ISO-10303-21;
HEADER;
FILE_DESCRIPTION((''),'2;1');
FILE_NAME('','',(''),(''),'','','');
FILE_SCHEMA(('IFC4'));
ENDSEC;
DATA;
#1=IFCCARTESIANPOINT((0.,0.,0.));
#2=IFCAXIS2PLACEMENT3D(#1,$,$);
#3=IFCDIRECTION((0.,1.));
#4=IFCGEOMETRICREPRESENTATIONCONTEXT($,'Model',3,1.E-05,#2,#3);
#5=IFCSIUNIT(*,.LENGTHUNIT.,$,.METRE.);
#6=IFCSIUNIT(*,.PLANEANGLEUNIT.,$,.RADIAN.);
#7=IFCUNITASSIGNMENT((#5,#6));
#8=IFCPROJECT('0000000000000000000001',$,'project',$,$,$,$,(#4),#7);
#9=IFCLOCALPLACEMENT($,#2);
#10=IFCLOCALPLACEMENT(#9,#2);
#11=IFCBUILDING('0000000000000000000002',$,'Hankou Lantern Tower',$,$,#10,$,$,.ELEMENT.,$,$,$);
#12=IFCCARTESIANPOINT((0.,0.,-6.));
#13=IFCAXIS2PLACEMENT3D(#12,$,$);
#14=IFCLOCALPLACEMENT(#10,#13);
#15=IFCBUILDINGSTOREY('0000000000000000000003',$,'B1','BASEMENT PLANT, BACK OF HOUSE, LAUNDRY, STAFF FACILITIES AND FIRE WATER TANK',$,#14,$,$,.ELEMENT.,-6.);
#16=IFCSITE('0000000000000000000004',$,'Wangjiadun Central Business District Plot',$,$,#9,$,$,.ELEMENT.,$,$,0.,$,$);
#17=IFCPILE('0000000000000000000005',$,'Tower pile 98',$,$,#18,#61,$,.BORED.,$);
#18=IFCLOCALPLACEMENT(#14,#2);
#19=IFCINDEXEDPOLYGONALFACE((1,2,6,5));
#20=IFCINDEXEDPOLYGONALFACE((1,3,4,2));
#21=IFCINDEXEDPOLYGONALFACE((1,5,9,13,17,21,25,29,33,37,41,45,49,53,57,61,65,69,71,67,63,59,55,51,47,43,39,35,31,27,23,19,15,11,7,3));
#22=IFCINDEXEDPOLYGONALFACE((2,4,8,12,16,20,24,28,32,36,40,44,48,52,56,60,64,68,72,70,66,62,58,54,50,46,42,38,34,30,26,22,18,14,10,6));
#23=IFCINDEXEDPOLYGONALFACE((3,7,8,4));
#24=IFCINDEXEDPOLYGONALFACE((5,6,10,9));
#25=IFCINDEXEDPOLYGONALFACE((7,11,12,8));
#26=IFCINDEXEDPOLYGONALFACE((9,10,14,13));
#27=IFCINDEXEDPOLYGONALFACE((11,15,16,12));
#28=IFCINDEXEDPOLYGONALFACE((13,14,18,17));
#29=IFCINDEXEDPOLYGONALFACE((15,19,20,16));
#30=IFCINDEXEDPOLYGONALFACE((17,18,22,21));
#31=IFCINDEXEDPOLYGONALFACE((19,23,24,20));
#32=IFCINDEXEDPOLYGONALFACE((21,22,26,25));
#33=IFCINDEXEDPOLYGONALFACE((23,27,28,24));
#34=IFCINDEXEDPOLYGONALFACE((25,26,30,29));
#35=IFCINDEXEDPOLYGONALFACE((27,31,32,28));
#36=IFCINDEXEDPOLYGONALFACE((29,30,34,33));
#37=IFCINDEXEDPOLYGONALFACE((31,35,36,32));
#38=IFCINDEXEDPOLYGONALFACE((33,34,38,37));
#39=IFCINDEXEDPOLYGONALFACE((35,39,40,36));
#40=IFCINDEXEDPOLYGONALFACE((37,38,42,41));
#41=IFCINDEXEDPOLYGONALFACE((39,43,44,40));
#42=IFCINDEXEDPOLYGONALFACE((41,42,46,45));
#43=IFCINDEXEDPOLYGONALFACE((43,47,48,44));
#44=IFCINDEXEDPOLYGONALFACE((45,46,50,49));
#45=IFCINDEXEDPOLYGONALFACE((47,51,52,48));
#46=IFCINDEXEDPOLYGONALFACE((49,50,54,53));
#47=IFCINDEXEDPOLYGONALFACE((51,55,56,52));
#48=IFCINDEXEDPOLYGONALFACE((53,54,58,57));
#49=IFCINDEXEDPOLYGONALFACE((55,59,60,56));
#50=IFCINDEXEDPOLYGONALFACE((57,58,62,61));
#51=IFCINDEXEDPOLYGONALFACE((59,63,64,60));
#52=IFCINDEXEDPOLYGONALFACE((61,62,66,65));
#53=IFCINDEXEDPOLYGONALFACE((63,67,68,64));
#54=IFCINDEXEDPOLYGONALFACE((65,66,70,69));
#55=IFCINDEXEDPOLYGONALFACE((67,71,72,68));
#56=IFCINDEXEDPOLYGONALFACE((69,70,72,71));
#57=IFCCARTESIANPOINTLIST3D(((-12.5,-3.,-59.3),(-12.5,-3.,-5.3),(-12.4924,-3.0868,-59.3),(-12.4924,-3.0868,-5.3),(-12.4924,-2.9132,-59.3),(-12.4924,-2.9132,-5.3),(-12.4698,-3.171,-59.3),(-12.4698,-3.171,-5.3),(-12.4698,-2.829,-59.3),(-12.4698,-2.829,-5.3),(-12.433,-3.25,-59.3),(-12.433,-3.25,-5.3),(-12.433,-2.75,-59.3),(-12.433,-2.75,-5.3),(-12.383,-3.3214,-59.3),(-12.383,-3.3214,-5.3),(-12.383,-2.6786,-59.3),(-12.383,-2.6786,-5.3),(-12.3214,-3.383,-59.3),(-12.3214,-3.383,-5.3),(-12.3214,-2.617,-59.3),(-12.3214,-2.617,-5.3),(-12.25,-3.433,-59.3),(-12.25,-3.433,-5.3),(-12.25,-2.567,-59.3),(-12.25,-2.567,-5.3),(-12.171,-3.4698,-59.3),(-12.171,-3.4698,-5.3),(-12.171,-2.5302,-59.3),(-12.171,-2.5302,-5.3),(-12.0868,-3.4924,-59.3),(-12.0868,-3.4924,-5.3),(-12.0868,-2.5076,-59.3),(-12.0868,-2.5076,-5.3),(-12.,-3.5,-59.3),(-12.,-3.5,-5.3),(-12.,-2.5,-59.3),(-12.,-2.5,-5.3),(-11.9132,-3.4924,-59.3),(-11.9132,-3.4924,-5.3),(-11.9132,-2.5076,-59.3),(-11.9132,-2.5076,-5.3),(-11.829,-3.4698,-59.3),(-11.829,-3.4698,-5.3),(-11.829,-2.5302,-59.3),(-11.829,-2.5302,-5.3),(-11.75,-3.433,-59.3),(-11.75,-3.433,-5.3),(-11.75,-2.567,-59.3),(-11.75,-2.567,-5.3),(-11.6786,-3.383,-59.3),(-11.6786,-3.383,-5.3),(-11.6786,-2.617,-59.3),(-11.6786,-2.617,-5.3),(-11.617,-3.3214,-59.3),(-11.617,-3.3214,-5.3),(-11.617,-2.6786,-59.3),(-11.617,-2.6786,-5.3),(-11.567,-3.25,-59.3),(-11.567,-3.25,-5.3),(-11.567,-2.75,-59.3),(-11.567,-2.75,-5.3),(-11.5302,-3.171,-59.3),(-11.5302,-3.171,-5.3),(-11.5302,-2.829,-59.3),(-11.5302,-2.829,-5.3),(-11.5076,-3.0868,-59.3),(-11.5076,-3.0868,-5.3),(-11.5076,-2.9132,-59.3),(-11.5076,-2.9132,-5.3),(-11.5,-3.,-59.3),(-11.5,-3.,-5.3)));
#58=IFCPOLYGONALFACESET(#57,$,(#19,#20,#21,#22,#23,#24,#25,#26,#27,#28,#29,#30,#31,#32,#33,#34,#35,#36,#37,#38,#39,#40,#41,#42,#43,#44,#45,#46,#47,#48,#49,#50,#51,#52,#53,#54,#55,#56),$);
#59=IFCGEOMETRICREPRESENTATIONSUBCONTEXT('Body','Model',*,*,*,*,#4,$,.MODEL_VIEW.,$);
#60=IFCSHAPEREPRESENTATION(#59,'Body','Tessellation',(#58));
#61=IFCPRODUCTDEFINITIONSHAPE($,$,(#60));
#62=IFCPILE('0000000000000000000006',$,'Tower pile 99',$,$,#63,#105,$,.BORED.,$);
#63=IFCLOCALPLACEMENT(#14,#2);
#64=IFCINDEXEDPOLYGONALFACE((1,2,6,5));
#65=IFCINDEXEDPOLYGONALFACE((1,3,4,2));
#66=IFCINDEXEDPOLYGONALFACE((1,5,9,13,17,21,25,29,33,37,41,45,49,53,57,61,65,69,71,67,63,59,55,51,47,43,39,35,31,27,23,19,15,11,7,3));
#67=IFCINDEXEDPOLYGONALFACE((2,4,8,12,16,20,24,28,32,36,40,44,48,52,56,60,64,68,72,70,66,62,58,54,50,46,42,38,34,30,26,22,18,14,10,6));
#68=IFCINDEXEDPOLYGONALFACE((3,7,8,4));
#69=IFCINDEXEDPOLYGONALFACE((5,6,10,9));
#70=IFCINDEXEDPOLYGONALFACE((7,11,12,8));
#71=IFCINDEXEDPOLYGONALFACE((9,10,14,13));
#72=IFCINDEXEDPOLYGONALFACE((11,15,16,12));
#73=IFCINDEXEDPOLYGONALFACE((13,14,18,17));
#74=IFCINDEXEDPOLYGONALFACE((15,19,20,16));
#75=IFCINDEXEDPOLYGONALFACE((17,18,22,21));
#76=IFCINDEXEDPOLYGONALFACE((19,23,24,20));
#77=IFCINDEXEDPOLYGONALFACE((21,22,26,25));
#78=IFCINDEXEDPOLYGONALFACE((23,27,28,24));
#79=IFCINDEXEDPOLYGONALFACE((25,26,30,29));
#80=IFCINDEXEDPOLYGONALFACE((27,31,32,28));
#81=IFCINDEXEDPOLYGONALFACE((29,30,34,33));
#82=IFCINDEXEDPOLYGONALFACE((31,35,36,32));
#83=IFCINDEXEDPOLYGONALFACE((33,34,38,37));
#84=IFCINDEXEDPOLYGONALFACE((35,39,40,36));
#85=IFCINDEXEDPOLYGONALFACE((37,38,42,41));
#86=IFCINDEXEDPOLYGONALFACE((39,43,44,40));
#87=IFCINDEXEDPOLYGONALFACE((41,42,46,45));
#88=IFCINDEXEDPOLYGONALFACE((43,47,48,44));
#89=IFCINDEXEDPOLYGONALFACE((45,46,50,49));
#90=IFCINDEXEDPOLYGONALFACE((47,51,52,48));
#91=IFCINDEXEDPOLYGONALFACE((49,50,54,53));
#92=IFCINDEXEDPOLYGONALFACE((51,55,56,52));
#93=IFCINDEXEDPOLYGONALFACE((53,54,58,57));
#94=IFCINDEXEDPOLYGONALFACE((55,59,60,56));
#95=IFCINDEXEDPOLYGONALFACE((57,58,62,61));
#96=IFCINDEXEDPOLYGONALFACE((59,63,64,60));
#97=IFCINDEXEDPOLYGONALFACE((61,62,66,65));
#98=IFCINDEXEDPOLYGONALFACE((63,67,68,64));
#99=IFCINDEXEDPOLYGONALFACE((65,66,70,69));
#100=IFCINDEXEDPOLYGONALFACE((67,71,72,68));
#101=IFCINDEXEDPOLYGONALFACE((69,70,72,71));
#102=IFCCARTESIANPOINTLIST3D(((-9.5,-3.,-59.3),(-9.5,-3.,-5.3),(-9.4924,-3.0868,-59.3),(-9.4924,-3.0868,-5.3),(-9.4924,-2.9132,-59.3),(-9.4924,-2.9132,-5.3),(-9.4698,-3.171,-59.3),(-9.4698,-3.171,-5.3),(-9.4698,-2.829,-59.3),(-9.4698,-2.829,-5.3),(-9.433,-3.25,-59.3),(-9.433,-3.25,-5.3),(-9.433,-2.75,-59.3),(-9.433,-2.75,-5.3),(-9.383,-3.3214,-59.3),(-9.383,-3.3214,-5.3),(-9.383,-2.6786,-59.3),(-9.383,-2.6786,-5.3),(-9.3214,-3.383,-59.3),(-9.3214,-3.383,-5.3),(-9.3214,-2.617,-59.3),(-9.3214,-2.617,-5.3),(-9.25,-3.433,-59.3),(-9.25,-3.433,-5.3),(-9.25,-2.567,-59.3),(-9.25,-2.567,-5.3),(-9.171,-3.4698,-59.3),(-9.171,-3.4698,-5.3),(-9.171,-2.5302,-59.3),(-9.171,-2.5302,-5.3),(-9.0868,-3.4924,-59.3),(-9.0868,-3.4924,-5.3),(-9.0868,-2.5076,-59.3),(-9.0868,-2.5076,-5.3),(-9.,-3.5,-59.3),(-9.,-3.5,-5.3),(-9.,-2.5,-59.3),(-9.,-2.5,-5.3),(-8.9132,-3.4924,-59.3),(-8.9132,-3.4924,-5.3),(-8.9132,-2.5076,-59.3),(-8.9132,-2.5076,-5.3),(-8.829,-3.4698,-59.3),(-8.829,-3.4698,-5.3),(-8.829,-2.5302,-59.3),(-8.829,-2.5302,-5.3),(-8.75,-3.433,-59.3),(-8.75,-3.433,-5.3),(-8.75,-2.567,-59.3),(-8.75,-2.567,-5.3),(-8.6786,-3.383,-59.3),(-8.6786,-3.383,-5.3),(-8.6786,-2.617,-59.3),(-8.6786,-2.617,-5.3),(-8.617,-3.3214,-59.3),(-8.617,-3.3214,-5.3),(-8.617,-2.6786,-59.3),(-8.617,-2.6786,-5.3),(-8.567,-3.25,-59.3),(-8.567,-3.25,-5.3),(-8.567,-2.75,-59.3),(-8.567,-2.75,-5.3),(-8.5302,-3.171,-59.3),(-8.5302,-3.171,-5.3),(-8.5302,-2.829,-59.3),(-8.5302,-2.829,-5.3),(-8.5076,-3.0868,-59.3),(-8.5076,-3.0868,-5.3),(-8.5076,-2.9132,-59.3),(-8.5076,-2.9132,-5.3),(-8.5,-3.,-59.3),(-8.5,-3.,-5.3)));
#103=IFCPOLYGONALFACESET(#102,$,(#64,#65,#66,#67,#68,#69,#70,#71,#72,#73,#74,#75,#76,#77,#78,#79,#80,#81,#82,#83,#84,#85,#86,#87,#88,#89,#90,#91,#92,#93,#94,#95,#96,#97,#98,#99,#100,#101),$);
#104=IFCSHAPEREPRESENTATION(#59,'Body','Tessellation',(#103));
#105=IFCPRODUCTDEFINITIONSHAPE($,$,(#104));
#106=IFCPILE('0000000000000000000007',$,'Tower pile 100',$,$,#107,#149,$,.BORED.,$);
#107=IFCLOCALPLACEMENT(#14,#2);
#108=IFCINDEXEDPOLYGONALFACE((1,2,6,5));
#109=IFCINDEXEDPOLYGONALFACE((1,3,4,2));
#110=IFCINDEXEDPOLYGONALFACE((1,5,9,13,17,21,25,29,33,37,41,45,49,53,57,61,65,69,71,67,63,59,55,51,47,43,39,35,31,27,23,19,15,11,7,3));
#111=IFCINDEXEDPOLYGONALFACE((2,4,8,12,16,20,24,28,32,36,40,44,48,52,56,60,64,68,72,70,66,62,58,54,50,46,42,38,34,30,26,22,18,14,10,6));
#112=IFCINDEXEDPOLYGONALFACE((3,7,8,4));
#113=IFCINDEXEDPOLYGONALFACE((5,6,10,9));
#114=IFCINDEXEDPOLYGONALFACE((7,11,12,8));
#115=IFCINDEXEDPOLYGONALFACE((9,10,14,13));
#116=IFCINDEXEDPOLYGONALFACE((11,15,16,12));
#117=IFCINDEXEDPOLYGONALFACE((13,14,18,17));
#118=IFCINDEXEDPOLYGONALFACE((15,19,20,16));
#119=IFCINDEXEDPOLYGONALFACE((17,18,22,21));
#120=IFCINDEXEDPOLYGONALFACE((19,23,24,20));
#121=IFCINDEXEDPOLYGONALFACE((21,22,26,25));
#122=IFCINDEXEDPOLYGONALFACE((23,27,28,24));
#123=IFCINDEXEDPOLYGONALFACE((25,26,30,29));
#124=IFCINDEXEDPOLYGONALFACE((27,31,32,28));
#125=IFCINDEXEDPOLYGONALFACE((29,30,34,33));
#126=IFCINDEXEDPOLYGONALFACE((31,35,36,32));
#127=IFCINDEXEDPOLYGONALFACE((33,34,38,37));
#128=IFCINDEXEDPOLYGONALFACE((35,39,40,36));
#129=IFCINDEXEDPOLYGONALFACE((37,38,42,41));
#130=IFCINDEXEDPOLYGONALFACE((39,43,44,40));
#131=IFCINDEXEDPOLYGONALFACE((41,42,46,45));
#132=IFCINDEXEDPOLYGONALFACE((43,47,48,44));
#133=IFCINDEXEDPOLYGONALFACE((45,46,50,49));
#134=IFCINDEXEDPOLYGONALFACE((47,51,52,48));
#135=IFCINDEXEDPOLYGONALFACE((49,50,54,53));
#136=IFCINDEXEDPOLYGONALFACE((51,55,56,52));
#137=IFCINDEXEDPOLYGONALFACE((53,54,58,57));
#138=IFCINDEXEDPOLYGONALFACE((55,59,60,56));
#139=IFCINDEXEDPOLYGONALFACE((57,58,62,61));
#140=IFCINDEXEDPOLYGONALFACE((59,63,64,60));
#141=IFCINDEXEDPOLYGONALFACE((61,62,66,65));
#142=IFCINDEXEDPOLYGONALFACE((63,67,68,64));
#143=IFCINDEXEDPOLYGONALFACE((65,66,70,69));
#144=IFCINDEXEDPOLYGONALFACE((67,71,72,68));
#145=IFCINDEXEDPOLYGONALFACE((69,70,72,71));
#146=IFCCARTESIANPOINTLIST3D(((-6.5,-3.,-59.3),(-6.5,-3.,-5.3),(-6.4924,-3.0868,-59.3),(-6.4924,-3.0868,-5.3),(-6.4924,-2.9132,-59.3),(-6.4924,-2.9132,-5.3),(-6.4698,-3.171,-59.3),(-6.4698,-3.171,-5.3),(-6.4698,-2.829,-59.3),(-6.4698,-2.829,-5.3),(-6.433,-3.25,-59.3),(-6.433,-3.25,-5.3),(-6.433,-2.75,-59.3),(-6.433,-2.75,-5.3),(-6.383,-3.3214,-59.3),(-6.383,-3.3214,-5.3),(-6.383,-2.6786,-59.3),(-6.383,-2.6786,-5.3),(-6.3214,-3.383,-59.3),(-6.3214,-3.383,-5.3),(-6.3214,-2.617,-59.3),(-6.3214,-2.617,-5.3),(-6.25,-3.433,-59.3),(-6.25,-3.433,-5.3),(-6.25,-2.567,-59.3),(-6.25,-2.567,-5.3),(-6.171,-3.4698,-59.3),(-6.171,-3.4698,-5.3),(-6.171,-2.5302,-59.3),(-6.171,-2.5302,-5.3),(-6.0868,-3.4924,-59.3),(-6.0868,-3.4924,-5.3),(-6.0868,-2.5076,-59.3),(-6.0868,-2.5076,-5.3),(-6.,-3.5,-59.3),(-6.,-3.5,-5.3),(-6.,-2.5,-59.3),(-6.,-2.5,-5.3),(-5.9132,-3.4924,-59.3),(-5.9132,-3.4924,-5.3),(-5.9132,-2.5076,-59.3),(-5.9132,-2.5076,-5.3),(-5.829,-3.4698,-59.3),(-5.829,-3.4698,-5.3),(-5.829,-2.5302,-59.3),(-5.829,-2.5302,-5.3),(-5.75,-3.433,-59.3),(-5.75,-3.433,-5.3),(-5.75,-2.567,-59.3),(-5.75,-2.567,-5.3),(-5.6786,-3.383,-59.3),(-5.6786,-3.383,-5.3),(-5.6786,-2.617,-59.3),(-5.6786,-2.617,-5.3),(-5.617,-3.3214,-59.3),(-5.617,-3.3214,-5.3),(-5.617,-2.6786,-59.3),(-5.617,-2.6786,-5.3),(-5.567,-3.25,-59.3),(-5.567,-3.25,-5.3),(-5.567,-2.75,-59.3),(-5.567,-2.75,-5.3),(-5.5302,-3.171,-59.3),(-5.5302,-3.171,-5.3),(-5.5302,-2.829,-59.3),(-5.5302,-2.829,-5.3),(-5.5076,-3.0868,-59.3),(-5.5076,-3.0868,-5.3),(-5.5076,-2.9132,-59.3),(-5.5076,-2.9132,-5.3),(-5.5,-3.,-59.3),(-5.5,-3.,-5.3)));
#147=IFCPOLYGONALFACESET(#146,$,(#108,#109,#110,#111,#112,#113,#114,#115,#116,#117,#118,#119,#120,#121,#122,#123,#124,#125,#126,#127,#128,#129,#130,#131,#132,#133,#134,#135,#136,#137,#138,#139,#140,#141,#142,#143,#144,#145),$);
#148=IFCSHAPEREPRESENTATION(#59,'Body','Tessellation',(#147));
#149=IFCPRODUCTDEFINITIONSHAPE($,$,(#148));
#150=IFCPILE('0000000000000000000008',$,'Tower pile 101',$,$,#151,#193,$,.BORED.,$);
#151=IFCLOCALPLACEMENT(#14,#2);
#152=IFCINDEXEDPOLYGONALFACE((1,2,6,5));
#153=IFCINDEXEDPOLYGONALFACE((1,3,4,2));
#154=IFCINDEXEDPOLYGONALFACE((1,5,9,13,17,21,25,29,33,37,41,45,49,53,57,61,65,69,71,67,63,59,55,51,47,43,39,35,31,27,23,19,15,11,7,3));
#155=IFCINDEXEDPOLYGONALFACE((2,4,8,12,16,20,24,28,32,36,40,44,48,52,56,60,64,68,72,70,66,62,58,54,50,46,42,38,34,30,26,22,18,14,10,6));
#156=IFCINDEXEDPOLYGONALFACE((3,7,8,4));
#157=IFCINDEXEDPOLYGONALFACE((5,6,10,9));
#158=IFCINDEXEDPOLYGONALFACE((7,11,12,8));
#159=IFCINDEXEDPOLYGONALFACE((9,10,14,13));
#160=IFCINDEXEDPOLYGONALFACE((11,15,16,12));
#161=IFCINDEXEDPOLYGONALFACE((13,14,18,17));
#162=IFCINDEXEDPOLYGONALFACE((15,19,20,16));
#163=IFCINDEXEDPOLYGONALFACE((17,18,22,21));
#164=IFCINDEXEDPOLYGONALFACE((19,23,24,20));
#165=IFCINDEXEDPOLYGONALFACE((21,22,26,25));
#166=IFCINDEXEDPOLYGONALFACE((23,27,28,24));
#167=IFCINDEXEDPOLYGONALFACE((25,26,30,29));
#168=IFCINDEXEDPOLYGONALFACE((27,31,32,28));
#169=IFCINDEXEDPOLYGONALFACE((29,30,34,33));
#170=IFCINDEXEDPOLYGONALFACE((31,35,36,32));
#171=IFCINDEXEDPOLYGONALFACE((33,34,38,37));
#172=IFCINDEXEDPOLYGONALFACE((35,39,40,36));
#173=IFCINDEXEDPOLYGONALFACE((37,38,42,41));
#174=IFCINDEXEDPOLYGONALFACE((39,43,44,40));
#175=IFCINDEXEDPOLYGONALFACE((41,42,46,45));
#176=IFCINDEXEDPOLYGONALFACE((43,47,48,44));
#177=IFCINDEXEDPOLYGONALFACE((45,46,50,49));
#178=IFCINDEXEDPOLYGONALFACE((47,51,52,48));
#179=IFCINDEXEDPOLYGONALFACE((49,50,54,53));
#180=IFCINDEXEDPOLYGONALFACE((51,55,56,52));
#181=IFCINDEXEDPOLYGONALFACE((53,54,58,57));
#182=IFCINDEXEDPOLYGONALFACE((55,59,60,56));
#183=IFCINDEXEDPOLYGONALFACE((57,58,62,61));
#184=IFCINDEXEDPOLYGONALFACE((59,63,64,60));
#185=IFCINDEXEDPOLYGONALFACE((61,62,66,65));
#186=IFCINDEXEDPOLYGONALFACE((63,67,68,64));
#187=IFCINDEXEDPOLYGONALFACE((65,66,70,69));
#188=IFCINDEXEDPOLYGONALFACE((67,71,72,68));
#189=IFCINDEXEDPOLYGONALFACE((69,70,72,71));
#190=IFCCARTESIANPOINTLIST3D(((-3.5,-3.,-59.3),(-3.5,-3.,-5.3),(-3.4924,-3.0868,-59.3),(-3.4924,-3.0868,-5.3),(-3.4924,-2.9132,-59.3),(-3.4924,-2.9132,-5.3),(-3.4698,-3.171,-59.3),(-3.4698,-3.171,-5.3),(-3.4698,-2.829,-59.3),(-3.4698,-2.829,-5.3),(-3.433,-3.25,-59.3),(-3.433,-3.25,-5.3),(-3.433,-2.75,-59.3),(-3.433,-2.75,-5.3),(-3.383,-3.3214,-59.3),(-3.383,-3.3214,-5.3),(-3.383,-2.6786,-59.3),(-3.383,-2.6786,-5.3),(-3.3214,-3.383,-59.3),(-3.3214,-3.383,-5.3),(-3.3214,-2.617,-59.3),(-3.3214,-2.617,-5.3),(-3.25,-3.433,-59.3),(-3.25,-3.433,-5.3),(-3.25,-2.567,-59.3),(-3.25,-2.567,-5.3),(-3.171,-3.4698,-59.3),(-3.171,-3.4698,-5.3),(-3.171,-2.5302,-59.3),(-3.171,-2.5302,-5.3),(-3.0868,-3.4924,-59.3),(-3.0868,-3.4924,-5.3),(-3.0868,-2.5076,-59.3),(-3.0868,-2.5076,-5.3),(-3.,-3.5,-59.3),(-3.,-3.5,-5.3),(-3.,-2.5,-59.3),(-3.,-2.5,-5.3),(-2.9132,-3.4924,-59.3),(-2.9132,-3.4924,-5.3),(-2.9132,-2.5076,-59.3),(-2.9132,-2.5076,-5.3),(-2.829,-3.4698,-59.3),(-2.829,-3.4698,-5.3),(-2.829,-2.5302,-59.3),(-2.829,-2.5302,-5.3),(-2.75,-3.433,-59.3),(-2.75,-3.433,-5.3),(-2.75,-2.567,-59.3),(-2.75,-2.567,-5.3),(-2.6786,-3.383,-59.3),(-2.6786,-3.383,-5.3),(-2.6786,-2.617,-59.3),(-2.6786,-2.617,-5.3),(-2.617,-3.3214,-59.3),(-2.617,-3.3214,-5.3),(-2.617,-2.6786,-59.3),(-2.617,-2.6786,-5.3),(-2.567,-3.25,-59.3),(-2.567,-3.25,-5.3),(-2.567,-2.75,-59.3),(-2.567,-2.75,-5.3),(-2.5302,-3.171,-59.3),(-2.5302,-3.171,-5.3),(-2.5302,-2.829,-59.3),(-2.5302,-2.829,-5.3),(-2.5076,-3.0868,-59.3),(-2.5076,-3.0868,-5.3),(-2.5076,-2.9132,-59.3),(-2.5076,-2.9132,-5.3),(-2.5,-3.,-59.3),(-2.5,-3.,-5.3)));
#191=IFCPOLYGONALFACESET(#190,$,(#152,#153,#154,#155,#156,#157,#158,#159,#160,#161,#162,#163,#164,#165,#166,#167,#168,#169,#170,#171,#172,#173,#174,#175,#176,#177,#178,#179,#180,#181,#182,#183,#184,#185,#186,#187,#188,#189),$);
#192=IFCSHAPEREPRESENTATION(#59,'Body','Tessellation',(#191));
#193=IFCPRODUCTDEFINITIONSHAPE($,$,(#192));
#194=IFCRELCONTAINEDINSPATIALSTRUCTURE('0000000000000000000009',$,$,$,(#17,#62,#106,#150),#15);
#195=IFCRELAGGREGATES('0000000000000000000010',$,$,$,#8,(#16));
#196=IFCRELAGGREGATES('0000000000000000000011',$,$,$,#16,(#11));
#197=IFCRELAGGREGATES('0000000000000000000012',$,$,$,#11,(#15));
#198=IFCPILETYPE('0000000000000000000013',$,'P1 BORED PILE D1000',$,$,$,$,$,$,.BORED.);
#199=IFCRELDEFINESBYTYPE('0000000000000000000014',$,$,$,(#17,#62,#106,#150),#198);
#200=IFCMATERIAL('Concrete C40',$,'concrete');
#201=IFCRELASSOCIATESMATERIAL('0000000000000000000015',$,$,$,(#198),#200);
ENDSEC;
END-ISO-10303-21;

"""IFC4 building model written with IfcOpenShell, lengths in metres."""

from ifc_helpers import new_model, si_unit, direction, frame, origin, origin_2d, place, context, subcontext, project, spatial, circle, extrude, material, material_profile, profile_set, type_object, element, save


model = new_model("IFC4")

# Units and contexts
model_context = context("Model", 3, precision=1e-05, world=origin(), true_north=direction((0.0, 1.0)))
body_context = subcontext(model_context, "Body", "Model", "MODEL_VIEW")
ifc_project = project(units=[si_unit("LENGTHUNIT", "METRE"), si_unit("PLANEANGLEUNIT", "RADIAN")], contexts=[model_context])

# Site, building, storey
site_placement = place(None, origin())
site = spatial("IfcSite", under=ifc_project, at=site_placement, Name="Wangjiadun Central Business District Plot", CompositionType="ELEMENT", RefElevation=0.0)
building_placement = place(site_placement, origin())
building = spatial("IfcBuilding", under=site, at=building_placement, Name="Hankou Lantern Tower", CompositionType="ELEMENT")
storey_placement = place(building_placement, frame((0.0, 0.0, -6.0)))
storey = spatial("IfcBuildingStorey", under=building, at=storey_placement, Name="B1", Description="BASEMENT PLANT, BACK OF HOUSE, LAUNDRY, STAFF FACILITIES AND FIRE WATER TANK", CompositionType="ELEMENT", Elevation=-6.0)

# Piles
ifc_material_1 = material(Name="Concrete C40", Category="concrete")
ifc_material_profile = material_profile(ifc_material_1, circle(Radius=0.5, at=origin_2d()), Name="RC D1000")
ifc_profile_set = profile_set([ifc_material_profile], Name="Concrete C40")
pile_type = type_object("IfcPileType", Name="P1 BORED PILE D1000", PredefinedType="BORED", material=ifc_profile_set)
for number, where, z_axis, x_axis, name in (
    (1, (-12.0, -3.0, -5.3), (0.0, 0.0, -1.0), (1.0, 0.0, 0.0), "Tower pile 98"),
    (2, (-9.0, -3.0, -5.3), (0.0, 0.0, -1.0), (1.0, 0.0, 0.0), "Tower pile 99"),
    (3, (-6.0, -3.0, -5.3), (0.0, 0.0, -1.0), (1.0, 0.0, 0.0), "Tower pile 100"),
    (4, (-3.0, -3.0, -5.3), (0.0, 0.0, -1.0), (1.0, 0.0, 0.0), "Tower pile 101"),
):
    element("IfcPile", number, at=place(storey_placement, frame(where, z_axis=z_axis, x_axis=x_axis)), inside=storey, type_object=pile_type, Name=name, PredefinedType="BORED", context=body_context, shape_type="SweptSolid", body=[
        extrude(circle(Radius=0.5, at=origin_2d()), origin(), (0.0, 0.0, 1.0), 54.0),
    ])

save(model, "model.ifc")
